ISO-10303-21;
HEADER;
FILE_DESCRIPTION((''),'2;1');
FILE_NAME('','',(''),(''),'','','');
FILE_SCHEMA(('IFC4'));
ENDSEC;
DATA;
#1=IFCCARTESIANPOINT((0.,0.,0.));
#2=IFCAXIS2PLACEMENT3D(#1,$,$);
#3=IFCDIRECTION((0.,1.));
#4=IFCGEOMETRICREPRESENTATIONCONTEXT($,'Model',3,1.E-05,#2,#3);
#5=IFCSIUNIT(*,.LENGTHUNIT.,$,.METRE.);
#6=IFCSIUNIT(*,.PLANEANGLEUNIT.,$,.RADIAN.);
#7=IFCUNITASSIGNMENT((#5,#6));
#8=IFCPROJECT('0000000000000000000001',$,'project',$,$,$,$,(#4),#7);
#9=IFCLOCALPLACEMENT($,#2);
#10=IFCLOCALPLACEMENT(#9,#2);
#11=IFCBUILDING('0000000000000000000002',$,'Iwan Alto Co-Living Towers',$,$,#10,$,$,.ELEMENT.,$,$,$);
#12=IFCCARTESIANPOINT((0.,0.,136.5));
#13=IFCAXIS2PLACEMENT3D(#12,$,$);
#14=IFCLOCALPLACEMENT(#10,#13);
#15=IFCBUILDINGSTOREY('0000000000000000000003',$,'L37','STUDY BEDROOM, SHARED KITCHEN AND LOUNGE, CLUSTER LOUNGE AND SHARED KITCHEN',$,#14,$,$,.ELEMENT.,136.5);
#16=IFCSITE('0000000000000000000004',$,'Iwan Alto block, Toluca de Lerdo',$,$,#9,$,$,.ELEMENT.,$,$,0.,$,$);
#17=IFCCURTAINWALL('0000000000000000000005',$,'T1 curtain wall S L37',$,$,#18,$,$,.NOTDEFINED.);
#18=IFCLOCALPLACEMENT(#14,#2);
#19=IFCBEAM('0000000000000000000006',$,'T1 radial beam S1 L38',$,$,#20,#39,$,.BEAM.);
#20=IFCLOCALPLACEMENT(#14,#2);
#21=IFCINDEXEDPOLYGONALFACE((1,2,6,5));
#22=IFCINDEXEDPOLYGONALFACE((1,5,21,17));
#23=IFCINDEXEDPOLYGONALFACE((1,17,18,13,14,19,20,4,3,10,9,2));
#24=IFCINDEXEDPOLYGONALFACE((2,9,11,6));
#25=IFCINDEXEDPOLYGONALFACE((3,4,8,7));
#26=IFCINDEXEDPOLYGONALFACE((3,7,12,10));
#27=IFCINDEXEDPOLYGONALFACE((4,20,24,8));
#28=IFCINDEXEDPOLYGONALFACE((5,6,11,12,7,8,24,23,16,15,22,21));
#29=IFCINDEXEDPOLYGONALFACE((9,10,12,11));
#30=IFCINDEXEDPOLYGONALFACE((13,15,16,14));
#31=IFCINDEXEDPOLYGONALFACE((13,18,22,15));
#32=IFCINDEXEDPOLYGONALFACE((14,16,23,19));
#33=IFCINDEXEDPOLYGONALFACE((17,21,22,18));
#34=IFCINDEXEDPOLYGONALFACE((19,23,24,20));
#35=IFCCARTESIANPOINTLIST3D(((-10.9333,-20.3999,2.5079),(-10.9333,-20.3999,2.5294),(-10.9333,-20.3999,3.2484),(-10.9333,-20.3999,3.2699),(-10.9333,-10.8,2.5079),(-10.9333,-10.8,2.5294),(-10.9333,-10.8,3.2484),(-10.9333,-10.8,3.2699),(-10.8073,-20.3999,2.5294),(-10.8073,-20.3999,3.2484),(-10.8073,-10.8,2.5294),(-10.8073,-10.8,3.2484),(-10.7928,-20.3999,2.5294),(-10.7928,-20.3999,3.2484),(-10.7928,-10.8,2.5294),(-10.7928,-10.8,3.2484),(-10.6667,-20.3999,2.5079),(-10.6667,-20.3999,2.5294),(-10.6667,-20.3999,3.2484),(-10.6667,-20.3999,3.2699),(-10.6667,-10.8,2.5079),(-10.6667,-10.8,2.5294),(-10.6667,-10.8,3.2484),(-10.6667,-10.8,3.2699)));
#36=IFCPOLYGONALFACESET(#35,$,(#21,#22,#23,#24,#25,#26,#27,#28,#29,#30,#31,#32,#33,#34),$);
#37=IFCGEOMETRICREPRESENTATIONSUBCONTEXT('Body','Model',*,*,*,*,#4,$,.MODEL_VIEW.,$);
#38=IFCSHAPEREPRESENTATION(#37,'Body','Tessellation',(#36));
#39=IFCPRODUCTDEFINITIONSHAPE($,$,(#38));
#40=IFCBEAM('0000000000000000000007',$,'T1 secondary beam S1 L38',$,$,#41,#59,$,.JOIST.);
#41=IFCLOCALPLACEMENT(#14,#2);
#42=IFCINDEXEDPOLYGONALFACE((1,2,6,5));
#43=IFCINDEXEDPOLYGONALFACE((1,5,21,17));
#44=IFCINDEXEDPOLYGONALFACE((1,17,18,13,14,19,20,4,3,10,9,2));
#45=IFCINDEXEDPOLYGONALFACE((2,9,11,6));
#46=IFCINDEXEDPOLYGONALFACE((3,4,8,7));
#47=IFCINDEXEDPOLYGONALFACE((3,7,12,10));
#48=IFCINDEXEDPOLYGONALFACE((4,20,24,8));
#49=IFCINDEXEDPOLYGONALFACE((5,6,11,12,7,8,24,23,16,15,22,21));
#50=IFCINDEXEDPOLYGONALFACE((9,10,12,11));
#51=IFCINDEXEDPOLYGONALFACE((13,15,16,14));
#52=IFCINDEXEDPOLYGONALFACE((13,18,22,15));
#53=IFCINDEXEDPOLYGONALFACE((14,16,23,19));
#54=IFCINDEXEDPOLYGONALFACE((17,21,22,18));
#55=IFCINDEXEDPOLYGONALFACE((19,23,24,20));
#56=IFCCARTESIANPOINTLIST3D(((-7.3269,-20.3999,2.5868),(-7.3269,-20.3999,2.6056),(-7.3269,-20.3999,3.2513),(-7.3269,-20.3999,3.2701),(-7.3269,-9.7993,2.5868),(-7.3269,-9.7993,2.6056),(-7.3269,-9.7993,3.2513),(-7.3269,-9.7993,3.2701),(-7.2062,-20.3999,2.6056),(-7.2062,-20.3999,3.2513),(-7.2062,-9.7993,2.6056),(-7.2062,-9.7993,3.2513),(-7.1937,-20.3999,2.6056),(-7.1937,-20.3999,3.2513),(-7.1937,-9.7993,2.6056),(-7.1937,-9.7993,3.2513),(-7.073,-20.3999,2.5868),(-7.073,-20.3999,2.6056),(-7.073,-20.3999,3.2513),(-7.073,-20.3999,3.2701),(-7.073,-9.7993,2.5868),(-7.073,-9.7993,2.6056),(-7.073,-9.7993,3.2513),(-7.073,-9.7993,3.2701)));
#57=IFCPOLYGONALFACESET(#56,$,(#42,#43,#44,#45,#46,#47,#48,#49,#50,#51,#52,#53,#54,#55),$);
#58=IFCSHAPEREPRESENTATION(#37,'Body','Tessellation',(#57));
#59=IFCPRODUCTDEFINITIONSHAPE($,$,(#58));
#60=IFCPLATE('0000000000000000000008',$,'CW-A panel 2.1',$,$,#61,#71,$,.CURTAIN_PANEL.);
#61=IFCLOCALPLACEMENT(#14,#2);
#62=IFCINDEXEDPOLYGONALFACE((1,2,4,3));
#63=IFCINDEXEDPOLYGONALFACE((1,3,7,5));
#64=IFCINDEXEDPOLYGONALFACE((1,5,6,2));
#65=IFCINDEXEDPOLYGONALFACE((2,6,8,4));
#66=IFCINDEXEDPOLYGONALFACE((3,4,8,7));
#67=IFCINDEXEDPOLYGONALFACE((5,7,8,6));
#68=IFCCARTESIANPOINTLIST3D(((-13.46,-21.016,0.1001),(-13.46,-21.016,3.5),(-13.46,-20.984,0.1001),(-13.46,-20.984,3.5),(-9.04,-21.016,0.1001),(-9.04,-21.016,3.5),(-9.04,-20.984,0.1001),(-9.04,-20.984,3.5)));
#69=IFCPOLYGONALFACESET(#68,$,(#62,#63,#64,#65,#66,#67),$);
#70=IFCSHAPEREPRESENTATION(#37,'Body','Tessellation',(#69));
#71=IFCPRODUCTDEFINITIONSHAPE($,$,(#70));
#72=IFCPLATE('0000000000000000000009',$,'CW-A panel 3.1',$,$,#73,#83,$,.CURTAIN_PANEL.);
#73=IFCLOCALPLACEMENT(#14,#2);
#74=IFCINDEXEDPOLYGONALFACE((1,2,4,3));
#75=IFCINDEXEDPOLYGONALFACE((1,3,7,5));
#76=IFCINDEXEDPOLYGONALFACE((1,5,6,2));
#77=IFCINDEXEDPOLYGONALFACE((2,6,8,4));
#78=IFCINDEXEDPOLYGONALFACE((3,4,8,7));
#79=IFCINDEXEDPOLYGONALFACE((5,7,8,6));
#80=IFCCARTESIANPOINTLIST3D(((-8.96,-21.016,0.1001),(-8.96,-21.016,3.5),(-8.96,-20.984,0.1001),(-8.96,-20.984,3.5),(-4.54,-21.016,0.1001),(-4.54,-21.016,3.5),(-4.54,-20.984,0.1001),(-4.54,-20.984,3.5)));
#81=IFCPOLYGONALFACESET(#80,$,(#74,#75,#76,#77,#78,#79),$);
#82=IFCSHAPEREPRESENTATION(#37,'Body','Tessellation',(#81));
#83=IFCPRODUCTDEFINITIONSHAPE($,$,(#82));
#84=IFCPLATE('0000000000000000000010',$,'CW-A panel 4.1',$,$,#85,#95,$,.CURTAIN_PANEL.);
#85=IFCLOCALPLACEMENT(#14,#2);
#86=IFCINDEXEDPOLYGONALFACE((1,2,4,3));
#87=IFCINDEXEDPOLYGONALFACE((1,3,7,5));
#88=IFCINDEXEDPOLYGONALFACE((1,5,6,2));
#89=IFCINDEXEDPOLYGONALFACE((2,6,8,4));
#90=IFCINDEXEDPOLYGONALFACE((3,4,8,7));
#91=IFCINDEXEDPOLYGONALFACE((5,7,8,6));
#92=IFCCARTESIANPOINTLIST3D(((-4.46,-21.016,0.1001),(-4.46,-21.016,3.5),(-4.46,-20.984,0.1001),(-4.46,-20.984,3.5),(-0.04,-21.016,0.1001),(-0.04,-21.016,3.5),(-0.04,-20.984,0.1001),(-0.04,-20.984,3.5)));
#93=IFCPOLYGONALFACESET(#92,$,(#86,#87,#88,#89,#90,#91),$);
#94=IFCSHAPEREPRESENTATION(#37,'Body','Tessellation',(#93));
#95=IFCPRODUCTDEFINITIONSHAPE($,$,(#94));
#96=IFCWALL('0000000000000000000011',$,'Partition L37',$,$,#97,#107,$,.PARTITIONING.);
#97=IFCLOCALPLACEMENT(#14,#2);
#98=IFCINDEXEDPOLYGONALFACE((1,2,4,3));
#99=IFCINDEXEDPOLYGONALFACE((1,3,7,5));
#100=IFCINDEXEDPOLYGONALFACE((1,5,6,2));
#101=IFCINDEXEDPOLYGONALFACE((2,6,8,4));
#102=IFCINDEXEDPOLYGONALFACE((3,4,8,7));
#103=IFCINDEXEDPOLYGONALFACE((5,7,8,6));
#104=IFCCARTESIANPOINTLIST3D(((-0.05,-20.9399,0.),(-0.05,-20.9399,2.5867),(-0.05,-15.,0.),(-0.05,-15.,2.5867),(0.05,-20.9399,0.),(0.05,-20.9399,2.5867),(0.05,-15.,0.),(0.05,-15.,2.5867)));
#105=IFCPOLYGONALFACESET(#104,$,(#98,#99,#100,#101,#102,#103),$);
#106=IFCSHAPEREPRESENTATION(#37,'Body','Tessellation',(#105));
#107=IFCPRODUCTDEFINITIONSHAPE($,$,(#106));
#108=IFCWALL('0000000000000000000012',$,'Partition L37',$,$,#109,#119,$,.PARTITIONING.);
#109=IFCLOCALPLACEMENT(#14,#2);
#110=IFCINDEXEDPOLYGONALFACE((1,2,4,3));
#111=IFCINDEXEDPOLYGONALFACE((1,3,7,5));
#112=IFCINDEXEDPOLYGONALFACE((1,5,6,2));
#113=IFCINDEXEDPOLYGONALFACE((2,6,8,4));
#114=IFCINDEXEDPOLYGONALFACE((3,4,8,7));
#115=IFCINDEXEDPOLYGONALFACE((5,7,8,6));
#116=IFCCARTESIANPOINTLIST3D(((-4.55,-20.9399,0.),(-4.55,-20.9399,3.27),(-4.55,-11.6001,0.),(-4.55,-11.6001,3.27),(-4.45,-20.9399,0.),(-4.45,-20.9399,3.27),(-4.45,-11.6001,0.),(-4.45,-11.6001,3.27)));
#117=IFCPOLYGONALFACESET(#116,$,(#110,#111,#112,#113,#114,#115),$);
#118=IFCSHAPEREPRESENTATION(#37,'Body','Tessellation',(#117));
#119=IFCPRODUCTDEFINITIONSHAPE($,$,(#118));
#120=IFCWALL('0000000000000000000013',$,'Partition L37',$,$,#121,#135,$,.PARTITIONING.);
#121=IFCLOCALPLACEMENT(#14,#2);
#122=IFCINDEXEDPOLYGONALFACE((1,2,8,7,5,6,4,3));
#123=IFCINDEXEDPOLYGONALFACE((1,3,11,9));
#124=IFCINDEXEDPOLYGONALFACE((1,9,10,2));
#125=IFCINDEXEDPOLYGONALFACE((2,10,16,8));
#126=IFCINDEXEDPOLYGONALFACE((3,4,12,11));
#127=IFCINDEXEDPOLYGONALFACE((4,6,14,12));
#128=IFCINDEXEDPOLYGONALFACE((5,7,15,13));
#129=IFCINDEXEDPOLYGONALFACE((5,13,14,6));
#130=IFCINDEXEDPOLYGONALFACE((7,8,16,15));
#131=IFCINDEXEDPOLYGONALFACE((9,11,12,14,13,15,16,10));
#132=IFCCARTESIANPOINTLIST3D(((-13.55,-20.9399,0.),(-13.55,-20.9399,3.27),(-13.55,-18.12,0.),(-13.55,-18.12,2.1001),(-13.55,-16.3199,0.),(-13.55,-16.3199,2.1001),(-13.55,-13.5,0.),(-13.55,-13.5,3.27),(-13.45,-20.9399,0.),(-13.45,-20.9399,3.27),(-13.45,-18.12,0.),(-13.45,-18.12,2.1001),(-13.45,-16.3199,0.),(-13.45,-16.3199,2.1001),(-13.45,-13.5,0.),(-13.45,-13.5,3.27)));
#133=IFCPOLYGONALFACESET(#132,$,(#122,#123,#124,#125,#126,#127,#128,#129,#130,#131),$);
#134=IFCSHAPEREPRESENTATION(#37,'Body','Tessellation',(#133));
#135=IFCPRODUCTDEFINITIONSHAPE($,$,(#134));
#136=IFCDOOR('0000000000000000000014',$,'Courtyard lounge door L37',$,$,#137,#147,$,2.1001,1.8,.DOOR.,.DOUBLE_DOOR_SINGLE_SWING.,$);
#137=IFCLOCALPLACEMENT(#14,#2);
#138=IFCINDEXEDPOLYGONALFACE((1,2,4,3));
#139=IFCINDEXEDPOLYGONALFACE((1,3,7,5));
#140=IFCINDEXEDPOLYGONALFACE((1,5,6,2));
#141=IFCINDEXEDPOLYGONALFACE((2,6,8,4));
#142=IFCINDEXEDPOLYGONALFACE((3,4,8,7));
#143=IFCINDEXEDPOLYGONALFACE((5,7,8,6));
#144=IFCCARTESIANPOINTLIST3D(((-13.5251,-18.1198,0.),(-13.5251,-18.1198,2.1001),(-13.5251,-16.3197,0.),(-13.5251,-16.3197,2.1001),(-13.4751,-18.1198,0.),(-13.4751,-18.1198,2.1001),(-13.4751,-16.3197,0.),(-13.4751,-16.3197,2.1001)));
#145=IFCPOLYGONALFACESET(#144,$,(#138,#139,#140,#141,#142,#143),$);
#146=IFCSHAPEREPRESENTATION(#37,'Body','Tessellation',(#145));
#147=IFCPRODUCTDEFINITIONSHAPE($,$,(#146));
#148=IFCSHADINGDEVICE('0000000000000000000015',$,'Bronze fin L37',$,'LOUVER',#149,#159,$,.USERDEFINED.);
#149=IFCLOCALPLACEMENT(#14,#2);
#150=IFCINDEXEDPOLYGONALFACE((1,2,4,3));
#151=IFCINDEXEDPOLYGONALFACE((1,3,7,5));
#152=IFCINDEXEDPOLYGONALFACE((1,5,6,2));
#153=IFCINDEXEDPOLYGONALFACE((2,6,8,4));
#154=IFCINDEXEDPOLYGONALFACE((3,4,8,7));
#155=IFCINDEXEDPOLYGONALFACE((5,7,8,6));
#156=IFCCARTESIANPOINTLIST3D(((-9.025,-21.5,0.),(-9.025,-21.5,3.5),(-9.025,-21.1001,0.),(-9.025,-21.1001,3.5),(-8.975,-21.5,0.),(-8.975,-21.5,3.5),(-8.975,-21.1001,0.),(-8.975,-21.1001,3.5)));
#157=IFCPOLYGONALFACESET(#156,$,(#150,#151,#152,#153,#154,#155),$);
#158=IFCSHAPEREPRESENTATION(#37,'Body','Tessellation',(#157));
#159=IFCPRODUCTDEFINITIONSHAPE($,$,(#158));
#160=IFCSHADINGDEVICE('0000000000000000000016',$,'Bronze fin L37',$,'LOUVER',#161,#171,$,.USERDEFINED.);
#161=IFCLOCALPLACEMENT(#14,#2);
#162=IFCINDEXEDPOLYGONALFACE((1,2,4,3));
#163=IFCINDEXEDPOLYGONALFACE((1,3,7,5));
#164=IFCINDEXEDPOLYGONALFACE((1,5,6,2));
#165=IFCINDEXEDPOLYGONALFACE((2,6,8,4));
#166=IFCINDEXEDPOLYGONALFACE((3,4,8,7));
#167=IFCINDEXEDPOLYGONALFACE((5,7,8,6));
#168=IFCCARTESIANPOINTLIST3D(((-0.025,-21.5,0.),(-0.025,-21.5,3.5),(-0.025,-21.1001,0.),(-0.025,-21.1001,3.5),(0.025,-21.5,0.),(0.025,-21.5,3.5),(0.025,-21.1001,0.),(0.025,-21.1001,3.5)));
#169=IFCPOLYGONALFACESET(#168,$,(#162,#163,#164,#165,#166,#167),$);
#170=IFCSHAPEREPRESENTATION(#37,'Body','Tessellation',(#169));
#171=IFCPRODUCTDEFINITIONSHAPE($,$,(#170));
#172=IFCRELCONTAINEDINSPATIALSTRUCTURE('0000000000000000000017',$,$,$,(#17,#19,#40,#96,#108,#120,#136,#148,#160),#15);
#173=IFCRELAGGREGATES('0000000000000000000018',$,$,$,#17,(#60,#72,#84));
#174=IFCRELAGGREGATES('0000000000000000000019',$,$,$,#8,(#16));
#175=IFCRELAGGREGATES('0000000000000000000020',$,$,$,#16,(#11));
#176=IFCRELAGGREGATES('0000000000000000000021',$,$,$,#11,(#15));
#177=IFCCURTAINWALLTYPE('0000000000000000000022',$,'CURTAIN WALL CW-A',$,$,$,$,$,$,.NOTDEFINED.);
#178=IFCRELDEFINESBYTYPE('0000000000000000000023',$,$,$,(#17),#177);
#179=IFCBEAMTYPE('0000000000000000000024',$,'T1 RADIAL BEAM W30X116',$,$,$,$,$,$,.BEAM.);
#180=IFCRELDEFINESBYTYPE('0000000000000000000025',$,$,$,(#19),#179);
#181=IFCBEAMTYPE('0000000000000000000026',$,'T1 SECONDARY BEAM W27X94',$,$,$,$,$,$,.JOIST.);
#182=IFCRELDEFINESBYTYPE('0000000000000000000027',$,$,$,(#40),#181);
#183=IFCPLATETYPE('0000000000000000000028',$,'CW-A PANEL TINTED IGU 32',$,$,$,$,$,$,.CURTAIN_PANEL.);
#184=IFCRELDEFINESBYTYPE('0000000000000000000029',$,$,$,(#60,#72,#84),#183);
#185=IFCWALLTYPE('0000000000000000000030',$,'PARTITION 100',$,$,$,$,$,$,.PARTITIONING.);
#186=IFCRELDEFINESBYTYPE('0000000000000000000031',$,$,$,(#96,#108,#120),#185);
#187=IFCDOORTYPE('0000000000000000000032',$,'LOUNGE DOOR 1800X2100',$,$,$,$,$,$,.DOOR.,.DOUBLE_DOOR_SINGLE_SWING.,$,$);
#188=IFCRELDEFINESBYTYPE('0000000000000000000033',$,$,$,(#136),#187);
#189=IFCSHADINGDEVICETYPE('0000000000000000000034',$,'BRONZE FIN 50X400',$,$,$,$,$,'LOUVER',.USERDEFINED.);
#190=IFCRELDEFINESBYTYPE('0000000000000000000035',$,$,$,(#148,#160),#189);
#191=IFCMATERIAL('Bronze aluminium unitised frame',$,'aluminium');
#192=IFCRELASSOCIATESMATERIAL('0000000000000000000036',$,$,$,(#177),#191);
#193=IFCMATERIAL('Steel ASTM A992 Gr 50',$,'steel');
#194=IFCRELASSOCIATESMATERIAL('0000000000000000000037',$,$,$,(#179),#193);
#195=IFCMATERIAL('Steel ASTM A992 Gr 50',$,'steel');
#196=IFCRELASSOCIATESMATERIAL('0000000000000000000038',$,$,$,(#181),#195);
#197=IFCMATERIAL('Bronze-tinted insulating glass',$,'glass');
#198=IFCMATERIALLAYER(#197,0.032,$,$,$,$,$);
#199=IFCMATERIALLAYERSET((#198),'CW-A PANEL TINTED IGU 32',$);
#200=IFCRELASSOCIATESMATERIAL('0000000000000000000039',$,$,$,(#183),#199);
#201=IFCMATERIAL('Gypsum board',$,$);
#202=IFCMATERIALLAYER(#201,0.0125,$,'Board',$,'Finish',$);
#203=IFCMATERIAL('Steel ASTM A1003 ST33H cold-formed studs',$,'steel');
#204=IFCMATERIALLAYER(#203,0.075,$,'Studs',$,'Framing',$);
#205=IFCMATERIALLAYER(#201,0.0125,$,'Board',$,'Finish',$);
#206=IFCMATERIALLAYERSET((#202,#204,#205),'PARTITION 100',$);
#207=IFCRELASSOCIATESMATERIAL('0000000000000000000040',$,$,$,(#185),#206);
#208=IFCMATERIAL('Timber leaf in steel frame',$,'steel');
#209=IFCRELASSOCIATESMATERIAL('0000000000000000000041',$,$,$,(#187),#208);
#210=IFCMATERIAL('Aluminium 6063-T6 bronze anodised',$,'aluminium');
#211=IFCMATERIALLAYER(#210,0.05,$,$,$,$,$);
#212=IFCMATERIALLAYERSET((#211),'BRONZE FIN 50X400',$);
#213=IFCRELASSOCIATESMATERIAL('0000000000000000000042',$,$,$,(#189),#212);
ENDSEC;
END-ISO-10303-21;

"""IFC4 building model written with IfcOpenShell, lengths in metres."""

from ifc_helpers import new_model, si_unit, direction, frame, frame_2d, origin, origin_2d, place, context, subcontext, project, spatial, rectangle, i_section, extrude, material, layer, layer_set, material_profile, profile_set, type_object, element, fill, aggregate, save


model = new_model("IFC4")

# Units and contexts
model_context = context("Model", 3, precision=1e-05, world=origin(), true_north=direction((0.0, 1.0)))
body_context = subcontext(model_context, "Body", "Model", "MODEL_VIEW")
ifc_project = project(units=[si_unit("LENGTHUNIT", "METRE"), si_unit("PLANEANGLEUNIT", "RADIAN")], contexts=[model_context])

# Site, building, storey
site_placement = place(None, origin())
site = spatial("IfcSite", under=ifc_project, at=site_placement, Name="Iwan Alto block, Toluca de Lerdo", CompositionType="ELEMENT", RefElevation=0.0)
building_placement = place(site_placement, origin())
building = spatial("IfcBuilding", under=site, at=building_placement, Name="Iwan Alto Co-Living Towers", CompositionType="ELEMENT")
storey_placement = place(building_placement, frame((0.0, 0.0, 136.5)))
storey = spatial("IfcBuildingStorey", under=building, at=storey_placement, Name="L37", Description="STUDY BEDROOM, SHARED KITCHEN AND LOUNGE, CLUSTER LOUNGE AND SHARED KITCHEN", CompositionType="ELEMENT", Elevation=136.5)

# Curtain wall
ifc_material_1 = material(Name="Bronze aluminium unitised frame", Category="aluminium")
curtain_wall_type = type_object("IfcCurtainWallType", Name="CURTAIN WALL CW-A", PredefinedType="NOTDEFINED", material=ifc_material_1)
curtain_wall_placement = place(storey_placement, origin())
curtain_wall = element("IfcCurtainWall", 1, at=curtain_wall_placement, inside=storey, type_object=curtain_wall_type, Name="T1 curtain wall S L37", PredefinedType="NOTDEFINED")

# Beams
ifc_material_2 = material(Name="Steel ASTM A992 Gr 50", Category="steel")
ifc_material_profile_1 = material_profile(ifc_material_2, i_section(OverallWidth=0.2666, OverallDepth=0.762, WebThickness=0.0144, FlangeThickness=0.0215, at=origin_2d()), Name="W30X116")
ifc_profile_set_1 = profile_set([ifc_material_profile_1], Name="Steel ASTM A992 Gr 50")
beam_type_1 = type_object("IfcBeamType", Name="T1 RADIAL BEAM W30X116", PredefinedType="BEAM", material=ifc_profile_set_1)
beam_1_placement = place(storey_placement, frame((-10.8, -20.3999, 2.8889), z_axis=(0.0, 1.0, 0.0), x_axis=(-1.0, 0.0, 0.0)))
element("IfcBeam", 2, at=beam_1_placement, inside=storey, type_object=beam_type_1, Name="T1 radial beam S1 L38", PredefinedType="BEAM", context=body_context, shape_type="SweptSolid", body=[
    extrude(i_section(OverallWidth=0.2666, OverallDepth=0.762, WebThickness=0.0144, FlangeThickness=0.0215, at=origin_2d()), origin(), (0.0, 0.0, 1.0), 9.5999),
])
ifc_material_3 = material(Name="Steel ASTM A992 Gr 50", Category="steel")
ifc_material_profile_2 = material_profile(ifc_material_3, i_section(OverallWidth=0.2539, OverallDepth=0.6833, WebThickness=0.0125, FlangeThickness=0.0188, at=origin_2d()), Name="W27X94")
ifc_profile_set_2 = profile_set([ifc_material_profile_2], Name="Steel ASTM A992 Gr 50")
beam_type_2 = type_object("IfcBeamType", Name="T1 SECONDARY BEAM W27X94", PredefinedType="JOIST", material=ifc_profile_set_2)
beam_2_placement = place(storey_placement, frame((-7.2, -20.3999, 2.9285), z_axis=(0.0, 1.0, 0.0), x_axis=(-1.0, 0.0, 0.0)))
element("IfcBeam", 3, at=beam_2_placement, inside=storey, type_object=beam_type_2, Name="T1 secondary beam S1 L38", PredefinedType="JOIST", context=body_context, shape_type="SweptSolid", body=[
    extrude(i_section(OverallWidth=0.2539, OverallDepth=0.6833, WebThickness=0.0125, FlangeThickness=0.0188, at=origin_2d()), origin(), (0.0, 0.0, 1.0), 10.6006),
])

# Plates
ifc_material_4 = material(Name="Bronze-tinted insulating glass", Category="glass")
ifc_layer_1 = layer(ifc_material_4, 0.032)
ifc_layer_set_1 = layer_set([ifc_layer_1], Name="CW-A PANEL TINTED IGU 32")
plate_type = type_object("IfcPlateType", Name="CW-A PANEL TINTED IGU 32", PredefinedType="CURTAIN_PANEL", material=ifc_layer_set_1)
plate_1_placement = place(storey_placement, frame((-11.25, -21.0, 0.1001), z_axis=(0.0, 0.0, 1.0), x_axis=(1.0, 0.0, 0.0)))
plate_1 = element("IfcPlate", 4, at=plate_1_placement, type_object=plate_type, Name="CW-A panel 2.1", PredefinedType="CURTAIN_PANEL", context=body_context, shape_type="SweptSolid", body=[
    extrude(rectangle(XDim=4.4199, YDim=0.032, at=origin_2d()), origin(), (0.0, 0.0, 1.0), 3.3999),
])
plate_2_placement = place(storey_placement, frame((-6.75, -21.0, 0.1001), z_axis=(0.0, 0.0, 1.0), x_axis=(1.0, 0.0, 0.0)))
plate_2 = element("IfcPlate", 5, at=plate_2_placement, type_object=plate_type, Name="CW-A panel 3.1", PredefinedType="CURTAIN_PANEL", context=body_context, shape_type="SweptSolid", body=[
    extrude(rectangle(XDim=4.4199, YDim=0.032, at=origin_2d()), origin(), (0.0, 0.0, 1.0), 3.3999),
])
plate_3_placement = place(storey_placement, frame((-2.25, -21.0, 0.1001), z_axis=(0.0, 0.0, 1.0), x_axis=(1.0, 0.0, 0.0)))
plate_3 = element("IfcPlate", 6, at=plate_3_placement, type_object=plate_type, Name="CW-A panel 4.1", PredefinedType="CURTAIN_PANEL", context=body_context, shape_type="SweptSolid", body=[
    extrude(rectangle(XDim=4.4199, YDim=0.032, at=origin_2d()), origin(), (0.0, 0.0, 1.0), 3.3999),
])
aggregate(curtain_wall, [plate_1, plate_2, plate_3])

# Walls
ifc_material_5 = material(Name="Gypsum board")
ifc_layer_2 = layer(ifc_material_5, 0.0125, Name="Board", Category="Finish")
ifc_material_6 = material(Name="Steel ASTM A1003 ST33H cold-formed studs", Category="steel")
ifc_layer_3 = layer(ifc_material_6, 0.075, Name="Studs", Category="Framing")
ifc_layer_4 = layer(ifc_material_5, 0.0125, Name="Board", Category="Finish")
ifc_layer_set_2 = layer_set([ifc_layer_2, ifc_layer_3, ifc_layer_4], Name="PARTITION 100")
wall_type = type_object("IfcWallType", Name="PARTITION 100", PredefinedType="PARTITIONING", material=ifc_layer_set_2)
wall_1_placement = place(storey_placement, frame((0.0, -20.9399, 0.0), z_axis=(0.0, 0.0, 1.0), x_axis=(0.0, 1.0, 0.0)))
element("IfcWall", 7, at=wall_1_placement, inside=storey, type_object=wall_type, Name="Partition L37", PredefinedType="PARTITIONING", context=body_context, shape_type="SweptSolid", body=[
    extrude(rectangle(XDim=5.9399, YDim=0.1001, at=frame_2d((2.97, 0.0))), origin(), (0.0, 0.0, 1.0), 2.5867),
])
wall_2_placement = place(storey_placement, frame((-4.5, -20.9399, 0.0), z_axis=(0.0, 0.0, 1.0), x_axis=(0.0, 1.0, 0.0)))
element("IfcWall", 8, at=wall_2_placement, inside=storey, type_object=wall_type, Name="Partition L37", PredefinedType="PARTITIONING", context=body_context, shape_type="SweptSolid", body=[
    extrude(rectangle(XDim=9.3398, YDim=0.1001, at=frame_2d((4.6699, 0.0))), origin(), (0.0, 0.0, 1.0), 3.27),
])

# Wall, opening, door
wall_3_placement = place(storey_placement, frame((-13.5, -20.9399, 0.0), z_axis=(0.0, 0.0, 1.0), x_axis=(0.0, 1.0, 0.0)))
wall_3 = element("IfcWall", 9, at=wall_3_placement, inside=storey, type_object=wall_type, Name="Partition L37", PredefinedType="PARTITIONING", context=body_context, shape_type="SweptSolid", body=[
    extrude(rectangle(XDim=7.4399, YDim=0.1001, at=frame_2d((3.72, 0.0))), origin(), (0.0, 0.0, 1.0), 3.27),
])
opening_placement = place(wall_3_placement, frame((2.8201, 0.0, 0.0)))
opening = element("IfcOpeningElement", 10, at=opening_placement, cuts=wall_3, PredefinedType="OPENING", context=body_context, shape_type="SweptSolid", body=[
    extrude(rectangle(XDim=1.8, YDim=2.1001, at=frame_2d((0.8999, 1.05))), frame((0.0, 0.0601, 0.0), z_axis=(0.0, -1.0, 0.0), x_axis=(1.0, 0.0, 0.0)), (0.0, 0.0, 1.0), 0.1201),
])
ifc_material_7 = material(Name="Timber leaf in steel frame", Category="steel")
door_type = type_object("IfcDoorType", Name="LOUNGE DOOR 1800X2100", OperationType="DOUBLE_DOOR_SINGLE_SWING", PredefinedType="DOOR", material=ifc_material_7)
door_placement = place(opening_placement, frame((1.8, 0.0, 0.0), z_axis=(0.0, 0.0, 1.0), x_axis=(-1.0, 0.0, 0.0)))
door = element("IfcDoor", 11, at=door_placement, inside=storey, type_object=door_type, Name="Courtyard lounge door L37", OperationType="DOUBLE_DOOR_SINGLE_SWING", OverallHeight=2.1001, OverallWidth=1.8, PredefinedType="DOOR", context=body_context, shape_type="SweptSolid", body=[
    extrude(rectangle(XDim=1.8, YDim=2.1001, at=frame_2d((0.8999, 1.05))), frame((0.0, 0.0249, 0.0), z_axis=(0.0, -1.0, 0.0), x_axis=(1.0, 0.0, 0.0)), (0.0, 0.0, 1.0), 0.05),
])
fill(opening, door)

# Shading devices
ifc_material_8 = material(Name="Aluminium 6063-T6 bronze anodised", Category="aluminium")
ifc_layer_5 = layer(ifc_material_8, 0.05)
ifc_layer_set_3 = layer_set([ifc_layer_5], Name="BRONZE FIN 50X400")
shading_device_type = type_object("IfcShadingDeviceType", Name="BRONZE FIN 50X400", ElementType="LOUVER", PredefinedType="USERDEFINED", material=ifc_layer_set_3)
for number, where, z_axis, x_axis, name in (
    (12, (-9.0, -21.3, 0.0), (0.0, 0.0, 1.0), (1.0, 0.0, 0.0), "Bronze fin L37"),
    (13, (0.0, -21.3, 0.0), (0.0, 0.0, 1.0), (1.0, 0.0, 0.0), "Bronze fin L37"),
):
    element("IfcShadingDevice", number, at=place(storey_placement, frame(where, z_axis=z_axis, x_axis=x_axis)), inside=storey, type_object=shading_device_type, Name=name, ObjectType="LOUVER", PredefinedType="USERDEFINED", context=body_context, shape_type="SweptSolid", body=[
        extrude(rectangle(XDim=0.05, YDim=0.3999, at=origin_2d()), origin(), (0.0, 0.0, 1.0), 3.5),
    ])

save(model, "model.ifc")
